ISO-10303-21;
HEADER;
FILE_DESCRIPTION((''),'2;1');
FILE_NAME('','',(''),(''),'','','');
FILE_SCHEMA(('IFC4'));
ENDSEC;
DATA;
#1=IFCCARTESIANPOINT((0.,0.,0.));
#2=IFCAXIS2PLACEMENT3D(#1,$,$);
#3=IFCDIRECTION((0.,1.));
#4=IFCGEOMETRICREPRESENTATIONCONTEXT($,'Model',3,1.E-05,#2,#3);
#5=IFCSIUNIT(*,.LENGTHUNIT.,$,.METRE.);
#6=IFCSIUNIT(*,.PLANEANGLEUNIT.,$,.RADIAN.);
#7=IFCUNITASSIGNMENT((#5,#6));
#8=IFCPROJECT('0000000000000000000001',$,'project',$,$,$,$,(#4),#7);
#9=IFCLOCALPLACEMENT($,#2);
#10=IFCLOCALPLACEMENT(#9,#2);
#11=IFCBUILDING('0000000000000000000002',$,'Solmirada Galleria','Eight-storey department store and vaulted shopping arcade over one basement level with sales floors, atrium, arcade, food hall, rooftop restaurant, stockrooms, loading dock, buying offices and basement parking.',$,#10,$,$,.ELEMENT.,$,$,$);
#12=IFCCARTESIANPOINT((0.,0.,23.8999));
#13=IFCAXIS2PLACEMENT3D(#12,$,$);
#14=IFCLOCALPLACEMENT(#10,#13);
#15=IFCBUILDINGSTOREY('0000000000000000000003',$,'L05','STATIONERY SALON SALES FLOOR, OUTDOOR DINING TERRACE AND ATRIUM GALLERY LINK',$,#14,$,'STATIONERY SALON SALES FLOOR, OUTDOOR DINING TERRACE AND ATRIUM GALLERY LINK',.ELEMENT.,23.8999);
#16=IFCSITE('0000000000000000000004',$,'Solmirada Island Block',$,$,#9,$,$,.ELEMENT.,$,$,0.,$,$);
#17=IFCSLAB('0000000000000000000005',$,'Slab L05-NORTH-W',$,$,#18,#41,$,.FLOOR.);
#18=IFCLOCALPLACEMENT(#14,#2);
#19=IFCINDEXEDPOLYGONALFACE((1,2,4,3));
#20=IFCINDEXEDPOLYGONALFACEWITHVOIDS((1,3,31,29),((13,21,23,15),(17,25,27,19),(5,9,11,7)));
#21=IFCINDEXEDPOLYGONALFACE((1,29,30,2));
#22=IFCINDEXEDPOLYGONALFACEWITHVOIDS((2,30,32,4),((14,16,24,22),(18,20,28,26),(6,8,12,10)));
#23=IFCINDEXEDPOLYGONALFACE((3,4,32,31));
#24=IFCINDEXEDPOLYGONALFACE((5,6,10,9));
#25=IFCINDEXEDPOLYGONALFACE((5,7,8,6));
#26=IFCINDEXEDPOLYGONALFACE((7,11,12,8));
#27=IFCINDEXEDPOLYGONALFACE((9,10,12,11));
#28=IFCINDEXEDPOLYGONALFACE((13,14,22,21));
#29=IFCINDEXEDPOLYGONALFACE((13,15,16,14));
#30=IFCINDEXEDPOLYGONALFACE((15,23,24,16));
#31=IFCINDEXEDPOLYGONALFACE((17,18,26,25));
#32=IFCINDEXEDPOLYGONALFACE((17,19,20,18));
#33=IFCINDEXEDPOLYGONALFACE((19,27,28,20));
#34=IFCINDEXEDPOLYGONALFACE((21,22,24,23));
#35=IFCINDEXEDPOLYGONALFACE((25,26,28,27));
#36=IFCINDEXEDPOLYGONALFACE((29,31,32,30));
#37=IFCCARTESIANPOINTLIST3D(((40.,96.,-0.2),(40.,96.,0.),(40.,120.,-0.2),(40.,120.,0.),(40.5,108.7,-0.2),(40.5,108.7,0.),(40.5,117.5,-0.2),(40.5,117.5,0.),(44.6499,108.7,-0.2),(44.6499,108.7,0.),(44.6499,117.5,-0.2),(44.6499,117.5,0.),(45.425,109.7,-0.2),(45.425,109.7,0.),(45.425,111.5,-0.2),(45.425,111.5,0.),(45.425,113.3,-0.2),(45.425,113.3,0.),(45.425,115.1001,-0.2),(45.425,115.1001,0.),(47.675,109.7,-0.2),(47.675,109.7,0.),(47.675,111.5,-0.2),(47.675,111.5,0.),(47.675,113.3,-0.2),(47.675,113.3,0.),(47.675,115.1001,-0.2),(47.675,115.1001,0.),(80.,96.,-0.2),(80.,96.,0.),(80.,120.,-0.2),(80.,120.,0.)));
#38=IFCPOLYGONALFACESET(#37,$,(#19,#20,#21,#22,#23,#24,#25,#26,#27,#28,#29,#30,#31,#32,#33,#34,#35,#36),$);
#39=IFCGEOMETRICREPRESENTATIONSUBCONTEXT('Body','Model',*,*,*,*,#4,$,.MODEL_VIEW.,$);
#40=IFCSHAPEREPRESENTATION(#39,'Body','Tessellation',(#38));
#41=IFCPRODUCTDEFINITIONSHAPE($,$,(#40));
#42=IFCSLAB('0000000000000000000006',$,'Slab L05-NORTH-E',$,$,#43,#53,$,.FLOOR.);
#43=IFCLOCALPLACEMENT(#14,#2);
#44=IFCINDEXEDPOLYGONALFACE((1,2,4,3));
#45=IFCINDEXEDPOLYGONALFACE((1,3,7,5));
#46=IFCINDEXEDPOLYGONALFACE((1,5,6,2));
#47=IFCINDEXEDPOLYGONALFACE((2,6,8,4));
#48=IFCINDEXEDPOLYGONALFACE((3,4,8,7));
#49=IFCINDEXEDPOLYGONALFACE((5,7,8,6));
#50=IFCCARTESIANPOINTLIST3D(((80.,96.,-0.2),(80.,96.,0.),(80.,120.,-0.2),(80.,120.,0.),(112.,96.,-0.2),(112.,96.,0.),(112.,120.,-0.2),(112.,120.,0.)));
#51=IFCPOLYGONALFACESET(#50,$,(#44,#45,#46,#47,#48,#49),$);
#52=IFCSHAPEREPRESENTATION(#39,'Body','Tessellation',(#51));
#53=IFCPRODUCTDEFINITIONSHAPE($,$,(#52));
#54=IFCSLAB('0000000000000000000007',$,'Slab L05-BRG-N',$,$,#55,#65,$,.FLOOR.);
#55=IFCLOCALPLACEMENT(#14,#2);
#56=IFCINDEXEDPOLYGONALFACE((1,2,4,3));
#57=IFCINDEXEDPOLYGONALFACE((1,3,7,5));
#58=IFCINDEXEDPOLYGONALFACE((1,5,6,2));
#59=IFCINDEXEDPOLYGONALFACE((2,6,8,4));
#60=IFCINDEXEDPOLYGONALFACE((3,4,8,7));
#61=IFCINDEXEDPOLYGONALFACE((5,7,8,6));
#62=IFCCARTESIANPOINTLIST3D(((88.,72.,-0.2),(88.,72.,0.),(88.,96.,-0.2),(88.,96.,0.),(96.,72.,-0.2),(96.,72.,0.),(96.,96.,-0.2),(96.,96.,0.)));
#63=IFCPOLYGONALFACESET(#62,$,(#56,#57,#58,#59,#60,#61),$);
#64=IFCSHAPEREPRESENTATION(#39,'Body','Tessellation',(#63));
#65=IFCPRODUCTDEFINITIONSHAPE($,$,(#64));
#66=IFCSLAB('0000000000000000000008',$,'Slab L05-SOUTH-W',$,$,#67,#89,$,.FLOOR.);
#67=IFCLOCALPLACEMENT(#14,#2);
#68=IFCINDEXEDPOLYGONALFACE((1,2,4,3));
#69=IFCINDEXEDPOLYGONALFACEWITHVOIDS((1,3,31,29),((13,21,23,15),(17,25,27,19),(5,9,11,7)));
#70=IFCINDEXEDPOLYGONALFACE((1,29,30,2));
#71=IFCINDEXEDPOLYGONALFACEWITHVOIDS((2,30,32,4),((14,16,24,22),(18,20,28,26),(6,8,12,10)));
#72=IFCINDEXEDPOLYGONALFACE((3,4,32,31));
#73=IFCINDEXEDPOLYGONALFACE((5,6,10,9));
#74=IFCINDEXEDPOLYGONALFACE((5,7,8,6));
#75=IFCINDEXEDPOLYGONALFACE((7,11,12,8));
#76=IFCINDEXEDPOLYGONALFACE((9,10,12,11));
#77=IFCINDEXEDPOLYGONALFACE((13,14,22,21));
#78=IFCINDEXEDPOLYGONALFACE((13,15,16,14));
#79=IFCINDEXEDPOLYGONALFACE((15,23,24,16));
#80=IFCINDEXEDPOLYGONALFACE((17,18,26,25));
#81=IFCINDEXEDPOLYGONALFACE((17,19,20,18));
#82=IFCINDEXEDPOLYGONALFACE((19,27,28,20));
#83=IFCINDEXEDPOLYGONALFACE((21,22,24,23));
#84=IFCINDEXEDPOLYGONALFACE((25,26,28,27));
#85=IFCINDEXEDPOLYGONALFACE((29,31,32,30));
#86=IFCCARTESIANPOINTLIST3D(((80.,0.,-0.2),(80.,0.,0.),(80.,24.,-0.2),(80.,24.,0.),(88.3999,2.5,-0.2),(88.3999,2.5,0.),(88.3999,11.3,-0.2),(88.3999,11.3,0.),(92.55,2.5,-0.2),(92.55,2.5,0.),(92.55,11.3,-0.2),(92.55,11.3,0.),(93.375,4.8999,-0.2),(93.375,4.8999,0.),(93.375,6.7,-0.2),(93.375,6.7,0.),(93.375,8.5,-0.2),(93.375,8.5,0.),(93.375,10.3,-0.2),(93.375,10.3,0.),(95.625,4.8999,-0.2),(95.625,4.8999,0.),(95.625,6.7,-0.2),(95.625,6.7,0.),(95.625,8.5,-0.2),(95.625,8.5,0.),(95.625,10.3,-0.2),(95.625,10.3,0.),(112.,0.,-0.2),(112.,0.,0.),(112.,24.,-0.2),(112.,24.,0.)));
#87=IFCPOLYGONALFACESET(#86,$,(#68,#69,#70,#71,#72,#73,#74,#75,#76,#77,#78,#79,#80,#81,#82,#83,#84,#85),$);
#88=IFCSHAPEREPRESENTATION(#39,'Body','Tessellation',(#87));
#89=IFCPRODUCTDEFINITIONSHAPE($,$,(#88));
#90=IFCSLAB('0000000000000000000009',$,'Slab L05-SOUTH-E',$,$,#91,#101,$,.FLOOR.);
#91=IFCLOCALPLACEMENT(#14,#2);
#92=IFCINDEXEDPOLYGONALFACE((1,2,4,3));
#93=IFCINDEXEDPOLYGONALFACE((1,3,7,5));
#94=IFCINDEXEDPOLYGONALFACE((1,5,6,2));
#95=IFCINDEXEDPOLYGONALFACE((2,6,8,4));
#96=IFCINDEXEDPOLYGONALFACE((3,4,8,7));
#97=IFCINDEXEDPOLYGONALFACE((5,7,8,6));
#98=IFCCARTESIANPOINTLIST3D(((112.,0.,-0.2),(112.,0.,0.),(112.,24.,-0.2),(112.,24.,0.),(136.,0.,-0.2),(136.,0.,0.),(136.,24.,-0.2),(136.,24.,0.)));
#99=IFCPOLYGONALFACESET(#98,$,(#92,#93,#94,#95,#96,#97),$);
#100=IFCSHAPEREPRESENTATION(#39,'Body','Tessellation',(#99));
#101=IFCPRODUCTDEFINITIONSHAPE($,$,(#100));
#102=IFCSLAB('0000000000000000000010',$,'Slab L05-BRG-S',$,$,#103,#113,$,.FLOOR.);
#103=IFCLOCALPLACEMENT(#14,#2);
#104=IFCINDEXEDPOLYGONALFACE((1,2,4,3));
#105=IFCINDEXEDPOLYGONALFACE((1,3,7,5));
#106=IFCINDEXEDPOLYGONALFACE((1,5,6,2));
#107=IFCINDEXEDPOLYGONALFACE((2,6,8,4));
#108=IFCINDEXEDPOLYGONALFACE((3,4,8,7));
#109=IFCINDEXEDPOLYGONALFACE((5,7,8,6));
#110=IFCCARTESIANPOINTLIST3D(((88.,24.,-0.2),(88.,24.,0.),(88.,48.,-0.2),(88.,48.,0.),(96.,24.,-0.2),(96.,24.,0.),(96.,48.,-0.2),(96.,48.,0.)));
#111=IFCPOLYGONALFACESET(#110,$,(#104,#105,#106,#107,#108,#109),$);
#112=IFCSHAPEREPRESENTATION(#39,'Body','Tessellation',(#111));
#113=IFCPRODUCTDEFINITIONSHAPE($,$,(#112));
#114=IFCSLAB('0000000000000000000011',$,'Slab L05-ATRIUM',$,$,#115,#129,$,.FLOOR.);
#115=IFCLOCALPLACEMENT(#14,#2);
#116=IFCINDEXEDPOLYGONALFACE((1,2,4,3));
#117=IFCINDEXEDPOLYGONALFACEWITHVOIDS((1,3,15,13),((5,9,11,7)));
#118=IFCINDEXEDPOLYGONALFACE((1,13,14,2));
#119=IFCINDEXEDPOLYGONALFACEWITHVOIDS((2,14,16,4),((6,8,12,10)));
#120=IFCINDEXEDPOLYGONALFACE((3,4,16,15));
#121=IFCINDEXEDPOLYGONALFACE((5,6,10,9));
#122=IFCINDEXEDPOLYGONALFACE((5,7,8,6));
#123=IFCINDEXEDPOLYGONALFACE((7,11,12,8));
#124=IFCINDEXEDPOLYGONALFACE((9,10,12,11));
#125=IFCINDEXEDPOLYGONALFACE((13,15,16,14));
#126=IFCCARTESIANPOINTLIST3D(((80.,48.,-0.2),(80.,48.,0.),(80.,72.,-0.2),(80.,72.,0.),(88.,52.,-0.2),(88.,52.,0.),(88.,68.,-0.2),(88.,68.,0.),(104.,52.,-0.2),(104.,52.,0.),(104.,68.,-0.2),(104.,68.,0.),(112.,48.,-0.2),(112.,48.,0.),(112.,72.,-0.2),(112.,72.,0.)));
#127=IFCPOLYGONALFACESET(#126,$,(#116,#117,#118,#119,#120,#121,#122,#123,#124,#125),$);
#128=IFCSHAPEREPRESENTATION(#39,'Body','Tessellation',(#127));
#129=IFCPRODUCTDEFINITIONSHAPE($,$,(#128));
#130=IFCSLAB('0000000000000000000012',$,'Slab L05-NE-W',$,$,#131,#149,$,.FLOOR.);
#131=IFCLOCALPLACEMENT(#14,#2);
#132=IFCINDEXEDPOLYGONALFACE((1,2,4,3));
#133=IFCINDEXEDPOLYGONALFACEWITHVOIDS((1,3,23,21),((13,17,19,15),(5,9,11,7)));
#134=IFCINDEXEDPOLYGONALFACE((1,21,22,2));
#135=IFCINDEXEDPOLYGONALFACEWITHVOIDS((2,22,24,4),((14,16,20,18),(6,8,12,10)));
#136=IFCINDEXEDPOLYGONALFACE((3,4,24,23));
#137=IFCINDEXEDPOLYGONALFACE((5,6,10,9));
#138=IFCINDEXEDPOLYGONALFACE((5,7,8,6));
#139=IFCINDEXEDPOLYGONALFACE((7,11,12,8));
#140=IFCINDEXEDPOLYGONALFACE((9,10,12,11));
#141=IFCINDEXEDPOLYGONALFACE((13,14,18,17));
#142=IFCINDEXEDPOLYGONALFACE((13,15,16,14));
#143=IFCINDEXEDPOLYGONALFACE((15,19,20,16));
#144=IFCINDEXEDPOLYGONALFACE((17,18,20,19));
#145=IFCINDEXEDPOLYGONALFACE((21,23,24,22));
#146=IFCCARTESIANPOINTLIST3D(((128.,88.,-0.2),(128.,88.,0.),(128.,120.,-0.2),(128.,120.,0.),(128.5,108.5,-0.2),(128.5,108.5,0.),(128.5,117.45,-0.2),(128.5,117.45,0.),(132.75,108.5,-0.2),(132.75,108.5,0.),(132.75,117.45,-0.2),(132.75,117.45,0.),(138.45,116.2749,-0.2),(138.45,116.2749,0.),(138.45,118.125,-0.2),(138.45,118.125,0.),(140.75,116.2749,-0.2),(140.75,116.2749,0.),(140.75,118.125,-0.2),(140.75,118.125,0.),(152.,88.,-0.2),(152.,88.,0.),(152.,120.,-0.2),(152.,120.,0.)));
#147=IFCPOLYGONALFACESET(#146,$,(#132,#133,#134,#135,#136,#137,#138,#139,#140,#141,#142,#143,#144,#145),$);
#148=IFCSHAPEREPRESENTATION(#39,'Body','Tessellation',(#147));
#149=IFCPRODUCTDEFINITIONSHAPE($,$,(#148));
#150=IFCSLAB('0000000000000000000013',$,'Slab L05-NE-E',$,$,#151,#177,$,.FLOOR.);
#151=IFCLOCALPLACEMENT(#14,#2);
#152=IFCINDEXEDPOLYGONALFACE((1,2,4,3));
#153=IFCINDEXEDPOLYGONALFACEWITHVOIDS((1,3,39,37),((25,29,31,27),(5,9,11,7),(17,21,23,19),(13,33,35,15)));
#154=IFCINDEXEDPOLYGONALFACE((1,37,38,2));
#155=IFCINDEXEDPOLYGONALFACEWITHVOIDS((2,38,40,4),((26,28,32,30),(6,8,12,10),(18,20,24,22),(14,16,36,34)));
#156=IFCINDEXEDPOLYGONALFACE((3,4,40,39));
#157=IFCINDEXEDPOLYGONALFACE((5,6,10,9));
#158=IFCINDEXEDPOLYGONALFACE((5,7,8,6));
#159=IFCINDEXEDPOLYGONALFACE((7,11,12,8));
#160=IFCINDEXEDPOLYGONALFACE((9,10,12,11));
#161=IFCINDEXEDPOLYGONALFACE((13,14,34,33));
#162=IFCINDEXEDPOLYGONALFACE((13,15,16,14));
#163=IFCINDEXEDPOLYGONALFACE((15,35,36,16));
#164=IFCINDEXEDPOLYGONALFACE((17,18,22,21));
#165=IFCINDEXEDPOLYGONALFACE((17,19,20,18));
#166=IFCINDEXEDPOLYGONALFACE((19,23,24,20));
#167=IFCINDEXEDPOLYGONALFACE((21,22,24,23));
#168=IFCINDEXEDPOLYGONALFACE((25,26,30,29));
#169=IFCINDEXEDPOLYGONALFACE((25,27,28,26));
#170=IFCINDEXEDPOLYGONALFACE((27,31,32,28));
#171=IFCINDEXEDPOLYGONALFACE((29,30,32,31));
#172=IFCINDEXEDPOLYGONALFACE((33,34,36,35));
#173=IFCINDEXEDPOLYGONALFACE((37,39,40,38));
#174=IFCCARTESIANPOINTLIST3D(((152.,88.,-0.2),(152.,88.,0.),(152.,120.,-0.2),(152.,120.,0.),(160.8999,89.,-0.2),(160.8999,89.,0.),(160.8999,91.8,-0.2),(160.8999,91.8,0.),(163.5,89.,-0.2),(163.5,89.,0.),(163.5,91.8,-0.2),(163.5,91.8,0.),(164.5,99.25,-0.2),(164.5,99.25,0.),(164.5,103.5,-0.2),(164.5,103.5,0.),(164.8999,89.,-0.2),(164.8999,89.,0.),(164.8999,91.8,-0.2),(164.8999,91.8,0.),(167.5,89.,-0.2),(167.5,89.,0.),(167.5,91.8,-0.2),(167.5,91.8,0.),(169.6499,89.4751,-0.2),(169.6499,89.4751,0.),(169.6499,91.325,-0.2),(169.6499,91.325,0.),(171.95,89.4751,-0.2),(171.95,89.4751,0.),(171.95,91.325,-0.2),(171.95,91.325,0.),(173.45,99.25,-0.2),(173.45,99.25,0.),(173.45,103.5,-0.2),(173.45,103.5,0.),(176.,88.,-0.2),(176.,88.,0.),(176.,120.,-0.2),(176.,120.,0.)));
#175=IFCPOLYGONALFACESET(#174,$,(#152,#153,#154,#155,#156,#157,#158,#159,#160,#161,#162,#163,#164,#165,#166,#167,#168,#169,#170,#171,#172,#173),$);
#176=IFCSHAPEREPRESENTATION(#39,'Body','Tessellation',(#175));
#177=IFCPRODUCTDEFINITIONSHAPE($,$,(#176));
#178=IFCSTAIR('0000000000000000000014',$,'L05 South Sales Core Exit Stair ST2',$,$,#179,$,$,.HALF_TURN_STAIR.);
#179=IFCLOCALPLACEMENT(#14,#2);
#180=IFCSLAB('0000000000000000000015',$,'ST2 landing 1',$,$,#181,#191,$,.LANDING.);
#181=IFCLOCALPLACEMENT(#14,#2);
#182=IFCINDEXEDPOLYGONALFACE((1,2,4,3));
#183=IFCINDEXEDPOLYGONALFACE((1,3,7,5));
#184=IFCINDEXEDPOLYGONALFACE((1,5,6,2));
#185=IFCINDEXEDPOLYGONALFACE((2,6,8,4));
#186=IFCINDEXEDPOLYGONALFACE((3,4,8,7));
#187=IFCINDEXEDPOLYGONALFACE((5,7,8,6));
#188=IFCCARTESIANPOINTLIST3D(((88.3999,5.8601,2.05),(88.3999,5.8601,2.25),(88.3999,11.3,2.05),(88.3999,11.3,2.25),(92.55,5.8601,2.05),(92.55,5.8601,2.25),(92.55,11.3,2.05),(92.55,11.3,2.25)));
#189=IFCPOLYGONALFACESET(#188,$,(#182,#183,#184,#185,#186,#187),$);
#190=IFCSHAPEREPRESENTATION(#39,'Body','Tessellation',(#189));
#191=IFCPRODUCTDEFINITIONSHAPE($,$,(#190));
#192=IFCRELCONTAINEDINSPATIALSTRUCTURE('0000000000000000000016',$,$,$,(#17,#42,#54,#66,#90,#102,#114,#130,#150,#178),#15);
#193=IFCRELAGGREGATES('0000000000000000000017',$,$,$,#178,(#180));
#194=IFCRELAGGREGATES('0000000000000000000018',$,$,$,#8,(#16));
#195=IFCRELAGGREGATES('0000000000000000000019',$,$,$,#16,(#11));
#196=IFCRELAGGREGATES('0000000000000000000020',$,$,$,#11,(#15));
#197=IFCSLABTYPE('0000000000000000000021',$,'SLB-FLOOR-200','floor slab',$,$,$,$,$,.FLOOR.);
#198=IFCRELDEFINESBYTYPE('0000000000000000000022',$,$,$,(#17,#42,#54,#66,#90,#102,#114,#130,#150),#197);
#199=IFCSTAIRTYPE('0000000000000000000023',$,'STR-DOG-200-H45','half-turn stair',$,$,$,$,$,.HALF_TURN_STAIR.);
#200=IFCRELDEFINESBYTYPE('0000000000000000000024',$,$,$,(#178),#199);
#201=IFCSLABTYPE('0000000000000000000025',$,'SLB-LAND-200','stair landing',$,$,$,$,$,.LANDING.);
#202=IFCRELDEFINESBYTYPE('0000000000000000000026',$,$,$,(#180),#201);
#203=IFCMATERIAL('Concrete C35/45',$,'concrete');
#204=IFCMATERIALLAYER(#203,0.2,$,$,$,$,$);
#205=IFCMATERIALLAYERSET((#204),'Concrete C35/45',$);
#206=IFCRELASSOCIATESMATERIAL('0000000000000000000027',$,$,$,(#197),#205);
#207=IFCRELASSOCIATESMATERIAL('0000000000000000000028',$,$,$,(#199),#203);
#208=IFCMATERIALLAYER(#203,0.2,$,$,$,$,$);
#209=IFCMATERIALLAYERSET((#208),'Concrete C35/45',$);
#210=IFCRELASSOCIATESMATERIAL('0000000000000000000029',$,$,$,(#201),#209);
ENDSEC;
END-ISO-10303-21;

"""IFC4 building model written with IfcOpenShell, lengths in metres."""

from ifc_helpers import new_model, si_unit, direction, frame, origin, place, context, subcontext, project, spatial, polyline, outline, extrude, material, layer, layer_set, type_object, element, aggregate, save


model = new_model("IFC4")

# Units and contexts
model_context = context("Model", 3, precision=1e-05, world=origin(), true_north=direction((0.0, 1.0)))
body_context = subcontext(model_context, "Body", "Model", "MODEL_VIEW")
ifc_project = project(units=[si_unit("LENGTHUNIT", "METRE"), si_unit("PLANEANGLEUNIT", "RADIAN")], contexts=[model_context])

# Site, building, storey
site_placement = place(None, origin())
site = spatial("IfcSite", under=ifc_project, at=site_placement, Name="Solmirada Island Block", CompositionType="ELEMENT", RefElevation=0.0)
building_placement = place(site_placement, origin())
building = spatial("IfcBuilding", under=site, at=building_placement, Name="Solmirada Galleria", Description="Eight-storey department store and vaulted shopping arcade over one basement level with sales floors, atrium, arcade, food hall, rooftop restaurant, stockrooms, loading dock, buying offices and basement parking.", CompositionType="ELEMENT")
storey_placement = place(building_placement, frame((0.0, 0.0, 23.8999)))
storey = spatial("IfcBuildingStorey", under=building, at=storey_placement, Name="L05", Description="STATIONERY SALON SALES FLOOR, OUTDOOR DINING TERRACE AND ATRIUM GALLERY LINK", LongName="STATIONERY SALON SALES FLOOR, OUTDOOR DINING TERRACE AND ATRIUM GALLERY LINK", CompositionType="ELEMENT", Elevation=23.8999)

# Slabs
ifc_material_1 = material(Name="Concrete C35/45", Category="concrete")
ifc_layer_1 = layer(ifc_material_1, 0.2)
ifc_layer_set_1 = layer_set([ifc_layer_1], Name="Concrete C35/45")
slab_type_1 = type_object("IfcSlabType", Name="SLB-FLOOR-200", Description="floor slab", PredefinedType="FLOOR", material=ifc_layer_set_1)
slab_1_placement = place(storey_placement, frame((0.0, 0.0, -0.2)))
element("IfcSlab", 1, at=slab_1_placement, inside=storey, type_object=slab_type_1, Name="Slab L05-NORTH-W", PredefinedType="FLOOR", context=body_context, shape_type="SweptSolid", body=[
    extrude(outline(polyline([(40.0, 96.0), (80.0, 96.0), (80.0, 120.0), (40.0, 120.0), (40.0, 96.0)]), holes=[polyline([(40.5, 108.7), (44.6499, 108.7), (44.6499, 117.5), (40.5, 117.5), (40.5, 108.7)]), polyline([(45.425, 113.3), (47.675, 113.3), (47.675, 115.1001), (45.425, 115.1001), (45.425, 113.3)]), polyline([(45.425, 109.7), (47.675, 109.7), (47.675, 111.5), (45.425, 111.5), (45.425, 109.7)])]), origin(), (0.0, 0.0, 1.0), 0.2),
])
slab_2_placement = place(storey_placement, frame((0.0, 0.0, -0.2)))
element("IfcSlab", 2, at=slab_2_placement, inside=storey, type_object=slab_type_1, Name="Slab L05-NORTH-E", PredefinedType="FLOOR", context=body_context, shape_type="SweptSolid", body=[
    extrude(outline(polyline([(80.0, 96.0), (112.0, 96.0), (112.0, 120.0), (80.0, 120.0), (80.0, 96.0)])), origin(), (0.0, 0.0, 1.0), 0.2),
])
slab_3_placement = place(storey_placement, frame((0.0, 0.0, -0.2)))
element("IfcSlab", 3, at=slab_3_placement, inside=storey, type_object=slab_type_1, Name="Slab L05-BRG-N", PredefinedType="FLOOR", context=body_context, shape_type="SweptSolid", body=[
    extrude(outline(polyline([(88.0, 72.0), (96.0, 72.0), (96.0, 96.0), (88.0, 96.0), (88.0, 72.0)])), origin(), (0.0, 0.0, 1.0), 0.2),
])
slab_4_placement = place(storey_placement, frame((0.0, 0.0, -0.2)))
element("IfcSlab", 4, at=slab_4_placement, inside=storey, type_object=slab_type_1, Name="Slab L05-SOUTH-W", PredefinedType="FLOOR", context=body_context, shape_type="SweptSolid", body=[
    extrude(outline(polyline([(80.0, 0.0), (112.0, 0.0), (112.0, 24.0), (80.0, 24.0), (80.0, 0.0)]), holes=[polyline([(88.3999, 2.5), (92.55, 2.5), (92.55, 11.3), (88.3999, 11.3), (88.3999, 2.5)]), polyline([(93.375, 4.8999), (95.625, 4.8999), (95.625, 6.7), (93.375, 6.7), (93.375, 4.8999)]), polyline([(93.375, 8.5), (95.625, 8.5), (95.625, 10.3), (93.375, 10.3), (93.375, 8.5)])]), origin(), (0.0, 0.0, 1.0), 0.2),
])
slab_5_placement = place(storey_placement, frame((0.0, 0.0, -0.2)))
element("IfcSlab", 5, at=slab_5_placement, inside=storey, type_object=slab_type_1, Name="Slab L05-SOUTH-E", PredefinedType="FLOOR", context=body_context, shape_type="SweptSolid", body=[
    extrude(outline(polyline([(112.0, 0.0), (136.0, 0.0), (136.0, 24.0), (112.0, 24.0), (112.0, 0.0)])), origin(), (0.0, 0.0, 1.0), 0.2),
])
slab_6_placement = place(storey_placement, frame((0.0, 0.0, -0.2)))
element("IfcSlab", 6, at=slab_6_placement, inside=storey, type_object=slab_type_1, Name="Slab L05-BRG-S", PredefinedType="FLOOR", context=body_context, shape_type="SweptSolid", body=[
    extrude(outline(polyline([(88.0, 24.0), (96.0, 24.0), (96.0, 48.0), (88.0, 48.0), (88.0, 24.0)])), origin(), (0.0, 0.0, 1.0), 0.2),
])
slab_7_placement = place(storey_placement, frame((0.0, 0.0, -0.2)))
element("IfcSlab", 7, at=slab_7_placement, inside=storey, type_object=slab_type_1, Name="Slab L05-ATRIUM", PredefinedType="FLOOR", context=body_context, shape_type="SweptSolid", body=[
    extrude(outline(polyline([(80.0, 48.0), (112.0, 48.0), (112.0, 72.0), (80.0, 72.0), (80.0, 48.0)]), holes=[polyline([(88.0, 52.0), (104.0, 52.0), (104.0, 68.0), (88.0, 68.0), (88.0, 52.0)])]), origin(), (0.0, 0.0, 1.0), 0.2),
])
slab_8_placement = place(storey_placement, frame((0.0, 0.0, -0.2)))
element("IfcSlab", 8, at=slab_8_placement, inside=storey, type_object=slab_type_1, Name="Slab L05-NE-W", PredefinedType="FLOOR", context=body_context, shape_type="SweptSolid", body=[
    extrude(outline(polyline([(128.0, 88.0), (152.0, 88.0), (152.0, 120.0), (128.0, 120.0), (128.0, 88.0)]), holes=[polyline([(128.5, 108.5), (132.75, 108.5), (132.75, 117.45), (128.5, 117.45), (128.5, 108.5)]), polyline([(138.45, 116.2749), (140.75, 116.2749), (140.75, 118.125), (138.45, 118.125), (138.45, 116.2749)])]), origin(), (0.0, 0.0, 1.0), 0.2),
])
slab_9_placement = place(storey_placement, frame((0.0, 0.0, -0.2)))
element("IfcSlab", 9, at=slab_9_placement, inside=storey, type_object=slab_type_1, Name="Slab L05-NE-E", PredefinedType="FLOOR", context=body_context, shape_type="SweptSolid", body=[
    extrude(outline(polyline([(152.0, 88.0), (176.0, 88.0), (176.0, 120.0), (152.0, 120.0), (152.0, 88.0)]), holes=[polyline([(164.5, 99.25), (173.45, 99.25), (173.45, 103.5), (164.5, 103.5), (164.5, 99.25)]), polyline([(169.6499, 89.4751), (171.95, 89.4751), (171.95, 91.325), (169.6499, 91.325), (169.6499, 89.4751)]), polyline([(164.8999, 89.0), (167.5, 89.0), (167.5, 91.8), (164.8999, 91.8), (164.8999, 89.0)]), polyline([(160.8999, 89.0), (163.5, 89.0), (163.5, 91.8), (160.8999, 91.8), (160.8999, 89.0)])]), origin(), (0.0, 0.0, 1.0), 0.2),
])

# Stair, slab
stair_type_1 = type_object("IfcStairType", Name="STR-DOG-200-H45", Description="half-turn stair", PredefinedType="HALF_TURN_STAIR", material=ifc_material_1)
stair_1_placement = place(storey_placement, origin())
stair_1 = element("IfcStair", 10, at=stair_1_placement, inside=storey, type_object=stair_type_1, Name="L05 South Sales Core Exit Stair ST2", PredefinedType="HALF_TURN_STAIR")
ifc_layer_2 = layer(ifc_material_1, 0.2)
ifc_layer_set_2 = layer_set([ifc_layer_2], Name="Concrete C35/45")
slab_type_2 = type_object("IfcSlabType", Name="SLB-LAND-200", Description="stair landing", PredefinedType="LANDING", material=ifc_layer_set_2)
slab_10_placement = place(storey_placement, frame((0.0, 0.0, 2.05)))
slab_10 = element("IfcSlab", 11, at=slab_10_placement, type_object=slab_type_2, Name="ST2 landing 1", PredefinedType="LANDING", context=body_context, shape_type="SweptSolid", body=[
    extrude(outline(polyline([(92.55, 5.8601), (92.55, 11.3), (88.3999, 11.3), (88.3999, 5.8601), (92.55, 5.8601)])), origin(), (0.0, 0.0, 1.0), 0.2),
])
aggregate(stair_1, [slab_10])

save(model, "model.ifc")
